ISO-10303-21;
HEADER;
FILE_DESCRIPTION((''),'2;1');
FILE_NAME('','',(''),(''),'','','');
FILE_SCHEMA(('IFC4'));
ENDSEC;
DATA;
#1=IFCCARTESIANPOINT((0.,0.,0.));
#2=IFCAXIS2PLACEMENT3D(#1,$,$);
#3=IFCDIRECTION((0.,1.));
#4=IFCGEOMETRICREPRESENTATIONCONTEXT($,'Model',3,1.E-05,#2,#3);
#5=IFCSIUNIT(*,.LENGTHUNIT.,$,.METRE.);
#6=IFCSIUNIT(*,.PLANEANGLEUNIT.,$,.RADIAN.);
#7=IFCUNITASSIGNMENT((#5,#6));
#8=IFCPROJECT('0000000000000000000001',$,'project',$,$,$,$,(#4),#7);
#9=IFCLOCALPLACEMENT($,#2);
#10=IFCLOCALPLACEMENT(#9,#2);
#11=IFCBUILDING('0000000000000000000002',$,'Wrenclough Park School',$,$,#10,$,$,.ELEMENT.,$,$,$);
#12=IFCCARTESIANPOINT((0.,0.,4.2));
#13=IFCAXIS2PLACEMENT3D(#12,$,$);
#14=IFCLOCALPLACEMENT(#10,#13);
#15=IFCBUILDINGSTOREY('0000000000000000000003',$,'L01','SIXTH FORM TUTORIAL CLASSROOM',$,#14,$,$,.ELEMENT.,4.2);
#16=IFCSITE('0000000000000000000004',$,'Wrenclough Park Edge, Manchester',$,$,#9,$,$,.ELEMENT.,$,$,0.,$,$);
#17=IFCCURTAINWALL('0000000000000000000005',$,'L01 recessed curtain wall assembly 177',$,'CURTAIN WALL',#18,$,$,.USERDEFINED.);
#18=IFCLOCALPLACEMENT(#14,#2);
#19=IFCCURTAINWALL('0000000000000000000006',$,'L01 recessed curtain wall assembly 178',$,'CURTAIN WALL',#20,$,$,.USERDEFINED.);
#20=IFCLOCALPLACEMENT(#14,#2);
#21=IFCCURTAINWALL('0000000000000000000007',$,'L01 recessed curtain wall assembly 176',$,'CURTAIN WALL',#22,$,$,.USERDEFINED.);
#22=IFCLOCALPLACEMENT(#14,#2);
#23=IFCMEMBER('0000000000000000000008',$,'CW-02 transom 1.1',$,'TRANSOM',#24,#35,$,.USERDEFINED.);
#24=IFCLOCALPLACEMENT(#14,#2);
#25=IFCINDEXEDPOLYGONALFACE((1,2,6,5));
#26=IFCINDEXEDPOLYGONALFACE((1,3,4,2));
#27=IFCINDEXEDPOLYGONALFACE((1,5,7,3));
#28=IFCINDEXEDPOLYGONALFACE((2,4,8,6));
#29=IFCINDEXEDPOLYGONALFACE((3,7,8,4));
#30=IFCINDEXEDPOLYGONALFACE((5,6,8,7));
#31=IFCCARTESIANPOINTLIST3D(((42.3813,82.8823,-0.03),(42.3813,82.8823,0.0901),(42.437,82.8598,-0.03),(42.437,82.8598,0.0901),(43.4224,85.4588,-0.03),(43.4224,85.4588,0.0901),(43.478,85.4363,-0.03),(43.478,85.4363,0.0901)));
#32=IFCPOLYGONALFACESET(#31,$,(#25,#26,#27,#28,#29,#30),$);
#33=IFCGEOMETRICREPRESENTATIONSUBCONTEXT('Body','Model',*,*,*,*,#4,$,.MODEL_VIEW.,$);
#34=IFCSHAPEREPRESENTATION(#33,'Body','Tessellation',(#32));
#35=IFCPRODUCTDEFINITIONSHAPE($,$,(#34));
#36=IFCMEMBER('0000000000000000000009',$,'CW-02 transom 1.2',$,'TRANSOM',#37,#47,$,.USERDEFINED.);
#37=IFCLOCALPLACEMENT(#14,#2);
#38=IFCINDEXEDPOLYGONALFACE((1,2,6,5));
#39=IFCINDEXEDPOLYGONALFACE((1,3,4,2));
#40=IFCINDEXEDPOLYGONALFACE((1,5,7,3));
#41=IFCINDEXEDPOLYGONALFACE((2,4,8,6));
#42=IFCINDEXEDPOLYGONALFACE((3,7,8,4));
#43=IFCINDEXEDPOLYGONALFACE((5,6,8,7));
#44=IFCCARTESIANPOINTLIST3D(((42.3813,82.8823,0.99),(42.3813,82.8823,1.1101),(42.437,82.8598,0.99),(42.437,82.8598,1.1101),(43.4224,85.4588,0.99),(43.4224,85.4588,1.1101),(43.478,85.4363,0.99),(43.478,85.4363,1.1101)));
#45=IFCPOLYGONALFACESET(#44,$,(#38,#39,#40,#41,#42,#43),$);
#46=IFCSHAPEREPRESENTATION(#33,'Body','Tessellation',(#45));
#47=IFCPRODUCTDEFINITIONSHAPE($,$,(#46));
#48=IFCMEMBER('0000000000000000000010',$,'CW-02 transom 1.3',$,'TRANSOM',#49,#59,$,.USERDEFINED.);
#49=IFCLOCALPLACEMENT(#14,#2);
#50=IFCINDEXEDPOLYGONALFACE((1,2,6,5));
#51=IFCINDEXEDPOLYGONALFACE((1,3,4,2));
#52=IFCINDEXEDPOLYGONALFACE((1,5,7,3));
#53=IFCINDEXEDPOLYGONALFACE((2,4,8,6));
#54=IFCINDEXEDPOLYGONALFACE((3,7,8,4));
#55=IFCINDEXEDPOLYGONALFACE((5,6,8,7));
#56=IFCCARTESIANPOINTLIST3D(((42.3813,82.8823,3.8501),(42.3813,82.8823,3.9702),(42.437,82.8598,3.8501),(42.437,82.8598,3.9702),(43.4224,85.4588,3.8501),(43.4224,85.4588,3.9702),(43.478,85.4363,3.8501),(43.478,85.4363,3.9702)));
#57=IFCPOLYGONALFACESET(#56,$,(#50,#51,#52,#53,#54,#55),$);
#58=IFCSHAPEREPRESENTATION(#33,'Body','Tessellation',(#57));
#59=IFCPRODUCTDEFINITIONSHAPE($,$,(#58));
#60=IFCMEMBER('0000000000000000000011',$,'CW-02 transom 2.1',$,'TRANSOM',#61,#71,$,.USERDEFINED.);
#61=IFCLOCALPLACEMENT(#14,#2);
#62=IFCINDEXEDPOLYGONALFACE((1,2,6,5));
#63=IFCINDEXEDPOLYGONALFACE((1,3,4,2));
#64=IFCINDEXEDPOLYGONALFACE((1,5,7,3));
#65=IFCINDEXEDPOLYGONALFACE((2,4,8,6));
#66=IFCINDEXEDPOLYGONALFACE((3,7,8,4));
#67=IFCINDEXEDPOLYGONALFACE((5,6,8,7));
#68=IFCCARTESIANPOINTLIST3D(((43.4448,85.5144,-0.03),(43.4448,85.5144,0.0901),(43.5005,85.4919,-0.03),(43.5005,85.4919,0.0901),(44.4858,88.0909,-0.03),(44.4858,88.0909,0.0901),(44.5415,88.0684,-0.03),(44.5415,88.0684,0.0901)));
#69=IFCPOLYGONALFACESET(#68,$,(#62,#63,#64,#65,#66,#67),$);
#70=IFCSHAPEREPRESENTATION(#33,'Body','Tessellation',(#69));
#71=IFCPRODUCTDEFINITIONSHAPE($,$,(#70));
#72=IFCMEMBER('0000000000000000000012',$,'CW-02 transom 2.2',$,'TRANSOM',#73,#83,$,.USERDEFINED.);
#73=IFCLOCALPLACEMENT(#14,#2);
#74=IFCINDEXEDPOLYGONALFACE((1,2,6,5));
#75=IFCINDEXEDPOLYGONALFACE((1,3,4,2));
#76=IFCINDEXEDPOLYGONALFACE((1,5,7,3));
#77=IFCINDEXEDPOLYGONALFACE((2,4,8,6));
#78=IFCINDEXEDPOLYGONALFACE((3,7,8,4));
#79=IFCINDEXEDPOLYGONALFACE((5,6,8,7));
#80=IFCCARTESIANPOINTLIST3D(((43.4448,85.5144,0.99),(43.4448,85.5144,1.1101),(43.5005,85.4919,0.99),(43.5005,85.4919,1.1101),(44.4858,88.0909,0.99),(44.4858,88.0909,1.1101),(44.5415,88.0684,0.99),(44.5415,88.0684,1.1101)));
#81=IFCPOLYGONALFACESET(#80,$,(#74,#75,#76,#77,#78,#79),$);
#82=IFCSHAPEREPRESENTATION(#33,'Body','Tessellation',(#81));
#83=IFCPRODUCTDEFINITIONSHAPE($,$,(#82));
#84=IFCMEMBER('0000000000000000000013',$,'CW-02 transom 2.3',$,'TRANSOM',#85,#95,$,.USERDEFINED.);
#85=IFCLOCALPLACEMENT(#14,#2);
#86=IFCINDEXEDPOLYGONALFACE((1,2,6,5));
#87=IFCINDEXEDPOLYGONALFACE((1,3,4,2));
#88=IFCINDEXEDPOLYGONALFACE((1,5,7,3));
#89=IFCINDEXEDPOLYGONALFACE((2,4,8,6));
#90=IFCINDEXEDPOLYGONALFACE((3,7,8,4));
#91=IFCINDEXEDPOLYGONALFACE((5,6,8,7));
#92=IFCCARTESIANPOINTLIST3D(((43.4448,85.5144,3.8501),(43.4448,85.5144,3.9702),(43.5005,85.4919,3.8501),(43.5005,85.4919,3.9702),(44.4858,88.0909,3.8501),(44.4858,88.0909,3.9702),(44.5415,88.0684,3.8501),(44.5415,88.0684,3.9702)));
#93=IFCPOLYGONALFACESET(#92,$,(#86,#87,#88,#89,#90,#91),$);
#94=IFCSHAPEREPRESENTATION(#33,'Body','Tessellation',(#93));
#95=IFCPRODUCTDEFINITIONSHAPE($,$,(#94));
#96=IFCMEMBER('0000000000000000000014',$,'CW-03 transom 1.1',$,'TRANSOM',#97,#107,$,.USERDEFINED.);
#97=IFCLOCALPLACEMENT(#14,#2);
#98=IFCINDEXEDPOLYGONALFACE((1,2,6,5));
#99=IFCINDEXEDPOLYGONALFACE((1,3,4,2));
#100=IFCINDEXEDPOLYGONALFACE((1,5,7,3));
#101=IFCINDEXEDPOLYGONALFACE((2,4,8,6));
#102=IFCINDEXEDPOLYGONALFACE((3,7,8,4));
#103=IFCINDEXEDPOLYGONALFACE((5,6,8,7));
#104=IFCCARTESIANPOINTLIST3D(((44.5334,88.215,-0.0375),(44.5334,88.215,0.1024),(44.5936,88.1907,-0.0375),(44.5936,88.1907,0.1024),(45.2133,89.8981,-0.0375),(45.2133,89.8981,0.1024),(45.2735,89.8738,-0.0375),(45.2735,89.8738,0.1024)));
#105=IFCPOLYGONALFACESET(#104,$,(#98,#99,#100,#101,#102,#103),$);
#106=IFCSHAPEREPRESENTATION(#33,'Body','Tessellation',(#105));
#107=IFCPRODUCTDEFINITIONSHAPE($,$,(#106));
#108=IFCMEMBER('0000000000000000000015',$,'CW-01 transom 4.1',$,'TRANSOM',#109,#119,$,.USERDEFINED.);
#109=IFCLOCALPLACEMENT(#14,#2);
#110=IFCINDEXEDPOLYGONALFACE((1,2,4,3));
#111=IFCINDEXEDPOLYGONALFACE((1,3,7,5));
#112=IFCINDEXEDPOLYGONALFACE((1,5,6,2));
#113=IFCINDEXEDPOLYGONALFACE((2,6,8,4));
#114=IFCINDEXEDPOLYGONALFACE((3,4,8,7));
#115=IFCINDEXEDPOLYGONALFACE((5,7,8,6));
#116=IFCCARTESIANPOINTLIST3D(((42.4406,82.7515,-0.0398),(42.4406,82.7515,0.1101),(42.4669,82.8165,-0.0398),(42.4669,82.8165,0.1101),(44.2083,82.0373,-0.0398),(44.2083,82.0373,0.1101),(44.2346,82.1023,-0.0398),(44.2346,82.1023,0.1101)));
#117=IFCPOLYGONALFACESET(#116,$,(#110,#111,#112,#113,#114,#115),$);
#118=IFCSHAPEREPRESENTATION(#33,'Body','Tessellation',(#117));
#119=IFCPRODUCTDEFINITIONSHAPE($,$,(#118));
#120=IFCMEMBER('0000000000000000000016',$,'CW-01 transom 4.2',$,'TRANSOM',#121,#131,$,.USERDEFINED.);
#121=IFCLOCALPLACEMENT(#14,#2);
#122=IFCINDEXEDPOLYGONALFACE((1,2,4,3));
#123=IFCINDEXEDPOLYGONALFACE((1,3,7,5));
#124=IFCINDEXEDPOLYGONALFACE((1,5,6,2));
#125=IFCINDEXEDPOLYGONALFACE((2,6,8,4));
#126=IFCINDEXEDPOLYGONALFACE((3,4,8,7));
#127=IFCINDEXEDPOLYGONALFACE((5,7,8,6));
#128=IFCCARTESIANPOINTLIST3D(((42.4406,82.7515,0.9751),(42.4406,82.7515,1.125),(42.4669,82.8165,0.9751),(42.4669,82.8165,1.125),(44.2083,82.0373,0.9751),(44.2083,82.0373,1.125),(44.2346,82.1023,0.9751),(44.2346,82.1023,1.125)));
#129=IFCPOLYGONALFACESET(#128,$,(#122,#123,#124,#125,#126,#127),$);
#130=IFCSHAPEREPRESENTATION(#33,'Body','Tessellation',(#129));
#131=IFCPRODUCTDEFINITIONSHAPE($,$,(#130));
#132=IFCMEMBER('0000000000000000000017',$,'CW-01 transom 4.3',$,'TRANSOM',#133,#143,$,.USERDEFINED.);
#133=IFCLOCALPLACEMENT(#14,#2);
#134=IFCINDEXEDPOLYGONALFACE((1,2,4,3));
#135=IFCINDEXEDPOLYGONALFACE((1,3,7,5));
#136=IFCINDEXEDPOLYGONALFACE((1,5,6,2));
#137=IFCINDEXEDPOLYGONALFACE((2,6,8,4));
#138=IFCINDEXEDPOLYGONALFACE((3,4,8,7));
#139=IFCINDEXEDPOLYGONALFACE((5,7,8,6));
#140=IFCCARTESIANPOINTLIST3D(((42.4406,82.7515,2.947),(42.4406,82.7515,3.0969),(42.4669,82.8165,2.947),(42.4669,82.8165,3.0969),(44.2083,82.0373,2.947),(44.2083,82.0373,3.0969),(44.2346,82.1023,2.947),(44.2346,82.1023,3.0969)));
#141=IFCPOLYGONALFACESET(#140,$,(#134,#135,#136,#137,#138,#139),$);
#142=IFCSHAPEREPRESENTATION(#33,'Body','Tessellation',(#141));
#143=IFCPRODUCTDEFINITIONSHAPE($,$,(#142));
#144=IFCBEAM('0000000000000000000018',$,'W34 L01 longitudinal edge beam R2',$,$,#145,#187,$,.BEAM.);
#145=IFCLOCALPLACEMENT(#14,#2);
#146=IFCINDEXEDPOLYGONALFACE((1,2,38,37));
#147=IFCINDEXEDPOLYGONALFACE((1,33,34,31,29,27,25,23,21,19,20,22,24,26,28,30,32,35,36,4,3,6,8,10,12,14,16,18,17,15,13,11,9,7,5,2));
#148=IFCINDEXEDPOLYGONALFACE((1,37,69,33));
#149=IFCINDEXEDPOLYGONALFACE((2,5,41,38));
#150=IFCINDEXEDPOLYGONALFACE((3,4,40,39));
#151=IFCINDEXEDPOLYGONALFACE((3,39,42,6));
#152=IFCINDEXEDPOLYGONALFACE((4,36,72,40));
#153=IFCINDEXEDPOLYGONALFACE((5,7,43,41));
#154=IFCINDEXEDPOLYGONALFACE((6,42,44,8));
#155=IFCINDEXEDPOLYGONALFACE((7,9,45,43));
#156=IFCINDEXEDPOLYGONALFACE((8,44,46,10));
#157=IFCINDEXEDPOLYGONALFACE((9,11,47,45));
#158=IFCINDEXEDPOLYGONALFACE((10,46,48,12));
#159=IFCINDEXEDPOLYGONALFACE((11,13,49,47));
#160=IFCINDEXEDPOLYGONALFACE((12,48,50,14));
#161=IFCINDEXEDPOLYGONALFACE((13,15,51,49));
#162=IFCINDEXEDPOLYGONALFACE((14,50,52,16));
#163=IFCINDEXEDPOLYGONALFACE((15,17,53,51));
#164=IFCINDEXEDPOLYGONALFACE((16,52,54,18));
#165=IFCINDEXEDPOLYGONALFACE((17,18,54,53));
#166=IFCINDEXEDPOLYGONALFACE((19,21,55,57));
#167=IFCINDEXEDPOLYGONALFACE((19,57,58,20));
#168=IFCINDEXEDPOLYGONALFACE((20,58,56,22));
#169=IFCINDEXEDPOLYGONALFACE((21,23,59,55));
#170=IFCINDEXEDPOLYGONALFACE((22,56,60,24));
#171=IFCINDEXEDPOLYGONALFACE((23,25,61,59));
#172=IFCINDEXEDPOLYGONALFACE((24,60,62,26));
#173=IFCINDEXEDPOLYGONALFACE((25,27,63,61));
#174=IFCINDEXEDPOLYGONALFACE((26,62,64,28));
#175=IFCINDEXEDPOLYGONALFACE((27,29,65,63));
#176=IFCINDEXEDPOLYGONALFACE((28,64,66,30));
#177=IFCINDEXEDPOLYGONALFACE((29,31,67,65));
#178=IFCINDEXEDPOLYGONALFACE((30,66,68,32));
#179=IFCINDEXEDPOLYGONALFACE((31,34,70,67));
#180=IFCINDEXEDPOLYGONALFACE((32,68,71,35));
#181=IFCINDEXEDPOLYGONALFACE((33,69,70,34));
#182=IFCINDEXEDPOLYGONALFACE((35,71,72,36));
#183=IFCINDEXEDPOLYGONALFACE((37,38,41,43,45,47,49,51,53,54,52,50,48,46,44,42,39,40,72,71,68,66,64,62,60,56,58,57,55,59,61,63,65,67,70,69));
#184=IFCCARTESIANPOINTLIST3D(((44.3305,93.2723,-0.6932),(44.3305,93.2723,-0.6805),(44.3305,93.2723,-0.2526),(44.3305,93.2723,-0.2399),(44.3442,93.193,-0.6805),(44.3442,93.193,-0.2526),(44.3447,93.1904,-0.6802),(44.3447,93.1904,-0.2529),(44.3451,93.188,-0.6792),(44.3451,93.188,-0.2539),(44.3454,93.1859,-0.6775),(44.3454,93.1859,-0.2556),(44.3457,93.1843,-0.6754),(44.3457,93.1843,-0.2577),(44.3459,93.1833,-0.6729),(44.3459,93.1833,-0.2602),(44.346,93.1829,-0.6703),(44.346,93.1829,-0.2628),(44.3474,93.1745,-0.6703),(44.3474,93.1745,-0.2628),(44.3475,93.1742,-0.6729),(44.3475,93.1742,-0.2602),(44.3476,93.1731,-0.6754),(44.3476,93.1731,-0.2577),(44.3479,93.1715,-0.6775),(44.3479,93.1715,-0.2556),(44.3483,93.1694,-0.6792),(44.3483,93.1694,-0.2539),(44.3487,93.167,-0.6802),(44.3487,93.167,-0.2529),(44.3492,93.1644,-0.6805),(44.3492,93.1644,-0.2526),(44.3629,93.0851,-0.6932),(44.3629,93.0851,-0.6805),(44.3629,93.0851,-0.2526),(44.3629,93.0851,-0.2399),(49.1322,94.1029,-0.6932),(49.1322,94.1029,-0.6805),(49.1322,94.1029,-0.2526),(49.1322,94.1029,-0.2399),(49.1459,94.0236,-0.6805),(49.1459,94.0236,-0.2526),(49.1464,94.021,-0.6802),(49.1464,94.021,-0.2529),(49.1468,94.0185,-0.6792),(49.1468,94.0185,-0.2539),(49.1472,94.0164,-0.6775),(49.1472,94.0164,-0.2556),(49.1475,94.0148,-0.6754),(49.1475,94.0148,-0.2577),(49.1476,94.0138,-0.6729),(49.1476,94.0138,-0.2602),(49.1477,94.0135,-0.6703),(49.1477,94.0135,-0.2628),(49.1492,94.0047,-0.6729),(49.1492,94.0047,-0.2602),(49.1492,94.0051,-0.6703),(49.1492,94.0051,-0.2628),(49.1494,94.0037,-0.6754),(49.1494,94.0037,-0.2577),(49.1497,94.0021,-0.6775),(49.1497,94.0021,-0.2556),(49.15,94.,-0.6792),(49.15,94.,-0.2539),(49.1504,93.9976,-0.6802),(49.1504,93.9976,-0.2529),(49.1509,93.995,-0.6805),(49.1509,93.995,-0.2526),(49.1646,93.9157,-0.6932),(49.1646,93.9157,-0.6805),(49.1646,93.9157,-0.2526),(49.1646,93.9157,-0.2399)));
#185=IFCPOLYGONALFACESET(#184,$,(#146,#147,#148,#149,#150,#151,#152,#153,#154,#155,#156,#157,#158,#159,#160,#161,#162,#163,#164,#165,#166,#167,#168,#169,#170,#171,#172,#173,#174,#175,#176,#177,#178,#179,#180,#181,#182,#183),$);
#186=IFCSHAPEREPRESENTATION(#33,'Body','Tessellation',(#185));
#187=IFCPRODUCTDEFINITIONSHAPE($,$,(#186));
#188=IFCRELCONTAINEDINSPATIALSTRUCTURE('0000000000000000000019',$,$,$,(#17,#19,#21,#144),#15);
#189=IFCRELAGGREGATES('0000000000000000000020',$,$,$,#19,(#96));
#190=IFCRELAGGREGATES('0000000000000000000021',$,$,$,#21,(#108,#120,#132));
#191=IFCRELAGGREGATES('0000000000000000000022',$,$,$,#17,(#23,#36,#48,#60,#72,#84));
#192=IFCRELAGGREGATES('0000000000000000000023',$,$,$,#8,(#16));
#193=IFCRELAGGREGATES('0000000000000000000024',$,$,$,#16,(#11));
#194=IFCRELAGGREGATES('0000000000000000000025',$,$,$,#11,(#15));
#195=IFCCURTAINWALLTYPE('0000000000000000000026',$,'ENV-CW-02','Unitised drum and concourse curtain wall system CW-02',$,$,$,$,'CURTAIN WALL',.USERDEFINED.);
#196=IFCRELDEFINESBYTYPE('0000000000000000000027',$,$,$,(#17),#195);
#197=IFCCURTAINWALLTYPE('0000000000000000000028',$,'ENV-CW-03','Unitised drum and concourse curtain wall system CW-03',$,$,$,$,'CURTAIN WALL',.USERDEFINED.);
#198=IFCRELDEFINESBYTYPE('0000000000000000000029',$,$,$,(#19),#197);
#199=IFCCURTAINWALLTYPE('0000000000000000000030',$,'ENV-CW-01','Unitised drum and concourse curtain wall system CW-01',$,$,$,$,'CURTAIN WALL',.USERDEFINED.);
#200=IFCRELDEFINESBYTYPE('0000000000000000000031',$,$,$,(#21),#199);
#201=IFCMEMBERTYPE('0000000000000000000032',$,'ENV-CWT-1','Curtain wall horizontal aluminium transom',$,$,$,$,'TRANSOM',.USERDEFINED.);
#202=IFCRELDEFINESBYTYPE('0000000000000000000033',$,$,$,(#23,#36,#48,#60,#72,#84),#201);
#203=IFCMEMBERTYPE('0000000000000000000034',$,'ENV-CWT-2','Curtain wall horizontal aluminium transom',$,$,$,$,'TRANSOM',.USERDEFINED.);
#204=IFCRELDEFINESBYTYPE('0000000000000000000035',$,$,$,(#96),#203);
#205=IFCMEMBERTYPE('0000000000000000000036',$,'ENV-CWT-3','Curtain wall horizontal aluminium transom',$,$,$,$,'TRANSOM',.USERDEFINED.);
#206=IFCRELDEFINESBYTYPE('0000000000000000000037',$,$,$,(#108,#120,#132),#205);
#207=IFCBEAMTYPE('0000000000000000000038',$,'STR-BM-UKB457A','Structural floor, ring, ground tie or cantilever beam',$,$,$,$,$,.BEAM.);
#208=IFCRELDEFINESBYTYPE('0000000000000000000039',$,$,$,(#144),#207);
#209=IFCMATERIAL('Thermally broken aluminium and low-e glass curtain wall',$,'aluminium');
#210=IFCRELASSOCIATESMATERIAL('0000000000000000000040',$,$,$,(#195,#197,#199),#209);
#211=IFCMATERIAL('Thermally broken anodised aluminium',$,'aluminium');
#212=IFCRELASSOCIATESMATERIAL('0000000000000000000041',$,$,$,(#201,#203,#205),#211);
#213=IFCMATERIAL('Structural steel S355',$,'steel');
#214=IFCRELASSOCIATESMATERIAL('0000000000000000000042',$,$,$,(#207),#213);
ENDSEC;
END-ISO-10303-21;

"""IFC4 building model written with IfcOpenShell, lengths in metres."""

from ifc_helpers import new_model, si_unit, direction, frame, origin, origin_2d, place, context, subcontext, project, spatial, rectangle, i_section, extrude, material, material_profile, profile_set, type_object, element, aggregate, save


model = new_model("IFC4")

# Units and contexts
model_context = context("Model", 3, precision=1e-05, world=origin(), true_north=direction((0.0, 1.0)))
body_context = subcontext(model_context, "Body", "Model", "MODEL_VIEW")
ifc_project = project(units=[si_unit("LENGTHUNIT", "METRE"), si_unit("PLANEANGLEUNIT", "RADIAN")], contexts=[model_context])

# Site, building, storey
site_placement = place(None, origin())
site = spatial("IfcSite", under=ifc_project, at=site_placement, Name="Wrenclough Park Edge, Manchester", CompositionType="ELEMENT", RefElevation=0.0)
building_placement = place(site_placement, origin())
building = spatial("IfcBuilding", under=site, at=building_placement, Name="Wrenclough Park School", CompositionType="ELEMENT")
storey_placement = place(building_placement, frame((0.0, 0.0, 4.2)))
storey = spatial("IfcBuildingStorey", under=building, at=storey_placement, Name="L01", Description="SIXTH FORM TUTORIAL CLASSROOM", CompositionType="ELEMENT", Elevation=4.2)

# Shared definitions
ifc_material_1 = material(Name="Structural steel S355", Category="steel")

# Curtain wall
ifc_material_2 = material(Name="Thermally broken aluminium and low-e glass curtain wall", Category="aluminium")
curtain_wall_type_1 = type_object("IfcCurtainWallType", Name="ENV-CW-02", Description="Unitised drum and concourse curtain wall system CW-02", ElementType="CURTAIN WALL", PredefinedType="USERDEFINED", material=ifc_material_2)
curtain_wall_1_placement = place(storey_placement, origin())
curtain_wall_1 = element("IfcCurtainWall", 1, at=curtain_wall_1_placement, inside=storey, type_object=curtain_wall_type_1, Name="L01 recessed curtain wall assembly 177", ObjectType="CURTAIN WALL", PredefinedType="USERDEFINED")
ifc_material_3 = material(Name="Thermally broken anodised aluminium", Category="aluminium")

# Curtain wall
curtain_wall_type_2 = type_object("IfcCurtainWallType", Name="ENV-CW-03", Description="Unitised drum and concourse curtain wall system CW-03", ElementType="CURTAIN WALL", PredefinedType="USERDEFINED", material=ifc_material_2)
curtain_wall_2_placement = place(storey_placement, origin())
curtain_wall_2 = element("IfcCurtainWall", 2, at=curtain_wall_2_placement, inside=storey, type_object=curtain_wall_type_2, Name="L01 recessed curtain wall assembly 178", ObjectType="CURTAIN WALL", PredefinedType="USERDEFINED")

# Curtain wall
curtain_wall_type_3 = type_object("IfcCurtainWallType", Name="ENV-CW-01", Description="Unitised drum and concourse curtain wall system CW-01", ElementType="CURTAIN WALL", PredefinedType="USERDEFINED", material=ifc_material_2)
curtain_wall_3_placement = place(storey_placement, origin())
curtain_wall_3 = element("IfcCurtainWall", 3, at=curtain_wall_3_placement, inside=storey, type_object=curtain_wall_type_3, Name="L01 recessed curtain wall assembly 176", ObjectType="CURTAIN WALL", PredefinedType="USERDEFINED")

# Members
ifc_material_profile_1 = material_profile(ifc_material_3, rectangle(XDim=0.0601, YDim=0.1201, at=origin_2d()), Name="AL TRANSOM 60x120")
ifc_profile_set_1 = profile_set([ifc_material_profile_1], Name="Thermally broken anodised aluminium")
member_type_1 = type_object("IfcMemberType", Name="ENV-CWT-1", Description="Curtain wall horizontal aluminium transom", ElementType="TRANSOM", PredefinedType="USERDEFINED", material=ifc_profile_set_1)
member_1_placement = place(storey_placement, frame((42.4092, 82.8711, 0.03), z_axis=(0.37463, 0.927174, 0.0), x_axis=(-0.927174, 0.37463, 0.0)))
member_1 = element("IfcMember", 4, at=member_1_placement, type_object=member_type_1, Name="CW-02 transom 1.1", ObjectType="TRANSOM", PredefinedType="USERDEFINED", context=body_context, shape_type="SweptSolid", body=[
    extrude(rectangle(XDim=0.0601, YDim=0.1201, at=origin_2d()), origin(), (0.0, 0.0, 1.0), 2.7788),
])
member_2_placement = place(storey_placement, frame((42.4092, 82.8711, 1.05), z_axis=(0.37463, 0.927174, 0.0), x_axis=(-0.927174, 0.37463, 0.0)))
member_2 = element("IfcMember", 5, at=member_2_placement, type_object=member_type_1, Name="CW-02 transom 1.2", ObjectType="TRANSOM", PredefinedType="USERDEFINED", context=body_context, shape_type="SweptSolid", body=[
    extrude(rectangle(XDim=0.0601, YDim=0.1201, at=origin_2d()), origin(), (0.0, 0.0, 1.0), 2.7788),
])
member_3_placement = place(storey_placement, frame((42.4092, 82.8711, 3.9102), z_axis=(0.37463, 0.927174, 0.0), x_axis=(-0.927174, 0.37463, 0.0)))
member_3 = element("IfcMember", 6, at=member_3_placement, type_object=member_type_1, Name="CW-02 transom 1.3", ObjectType="TRANSOM", PredefinedType="USERDEFINED", context=body_context, shape_type="SweptSolid", body=[
    extrude(rectangle(XDim=0.0601, YDim=0.1201, at=origin_2d()), origin(), (0.0, 0.0, 1.0), 2.7788),
])
member_4_placement = place(storey_placement, frame((43.4727, 85.5032, 0.03), z_axis=(0.37463, 0.927174, 0.0), x_axis=(-0.927174, 0.37463, 0.0)))
member_4 = element("IfcMember", 7, at=member_4_placement, type_object=member_type_1, Name="CW-02 transom 2.1", ObjectType="TRANSOM", PredefinedType="USERDEFINED", context=body_context, shape_type="SweptSolid", body=[
    extrude(rectangle(XDim=0.0601, YDim=0.1201, at=origin_2d()), origin(), (0.0, 0.0, 1.0), 2.7788),
])
member_5_placement = place(storey_placement, frame((43.4727, 85.5032, 1.05), z_axis=(0.37463, 0.927174, 0.0), x_axis=(-0.927174, 0.37463, 0.0)))
member_5 = element("IfcMember", 8, at=member_5_placement, type_object=member_type_1, Name="CW-02 transom 2.2", ObjectType="TRANSOM", PredefinedType="USERDEFINED", context=body_context, shape_type="SweptSolid", body=[
    extrude(rectangle(XDim=0.0601, YDim=0.1201, at=origin_2d()), origin(), (0.0, 0.0, 1.0), 2.7788),
])
member_6_placement = place(storey_placement, frame((43.4727, 85.5032, 3.9102), z_axis=(0.37463, 0.927174, 0.0), x_axis=(-0.927174, 0.37463, 0.0)))
member_6 = element("IfcMember", 9, at=member_6_placement, type_object=member_type_1, Name="CW-02 transom 2.3", ObjectType="TRANSOM", PredefinedType="USERDEFINED", context=body_context, shape_type="SweptSolid", body=[
    extrude(rectangle(XDim=0.0601, YDim=0.1201, at=origin_2d()), origin(), (0.0, 0.0, 1.0), 2.7788),
])
ifc_material_profile_2 = material_profile(ifc_material_3, rectangle(XDim=0.0649, YDim=0.1399, at=origin_2d()), Name="AL TRANSOM 65x140")
ifc_profile_set_2 = profile_set([ifc_material_profile_2], Name="Thermally broken anodised aluminium")
member_type_2 = type_object("IfcMemberType", Name="ENV-CWT-2", Description="Curtain wall horizontal aluminium transom", ElementType="TRANSOM", PredefinedType="USERDEFINED", material=ifc_profile_set_2)
member_7_placement = place(storey_placement, frame((44.5635, 88.2029, 0.0325), z_axis=(0.374565, 0.927201, 0.0), x_axis=(-0.927201, 0.374565, 0.0)))
member_7 = element("IfcMember", 10, at=member_7_placement, type_object=member_type_2, Name="CW-03 transom 1.1", ObjectType="TRANSOM", PredefinedType="USERDEFINED", context=body_context, shape_type="SweptSolid", body=[
    extrude(rectangle(XDim=0.0649, YDim=0.1399, at=origin_2d()), origin(), (0.0, 0.0, 1.0), 1.8152),
])
aggregate(curtain_wall_2, [member_7])
ifc_material_profile_3 = material_profile(ifc_material_3, rectangle(XDim=0.0701, YDim=0.1499, at=origin_2d()), Name="AL TRANSOM 70x150")
ifc_profile_set_3 = profile_set([ifc_material_profile_3], Name="Thermally broken anodised aluminium")
member_type_3 = type_object("IfcMemberType", Name="ENV-CWT-3", Description="Curtain wall horizontal aluminium transom", ElementType="TRANSOM", PredefinedType="USERDEFINED", material=ifc_profile_set_3)
member_8_placement = place(storey_placement, frame((44.2214, 82.0698, 0.0352), z_axis=(-0.927191, 0.37459, 0.0), x_axis=(-0.37459, -0.927191, 0.0)))
member_8 = element("IfcMember", 11, at=member_8_placement, type_object=member_type_3, Name="CW-01 transom 4.1", ObjectType="TRANSOM", PredefinedType="USERDEFINED", context=body_context, shape_type="SweptSolid", body=[
    extrude(rectangle(XDim=0.0701, YDim=0.1499, at=origin_2d()), origin(), (0.0, 0.0, 1.0), 1.9065),
])
member_9_placement = place(storey_placement, frame((44.2214, 82.0698, 1.05), z_axis=(-0.927191, 0.37459, 0.0), x_axis=(-0.37459, -0.927191, 0.0)))
member_9 = element("IfcMember", 12, at=member_9_placement, type_object=member_type_3, Name="CW-01 transom 4.2", ObjectType="TRANSOM", PredefinedType="USERDEFINED", context=body_context, shape_type="SweptSolid", body=[
    extrude(rectangle(XDim=0.0701, YDim=0.1499, at=origin_2d()), origin(), (0.0, 0.0, 1.0), 1.9065),
])
member_10_placement = place(storey_placement, frame((44.2214, 82.0698, 3.022), z_axis=(-0.927191, 0.37459, 0.0), x_axis=(-0.37459, -0.927191, 0.0)))
member_10 = element("IfcMember", 13, at=member_10_placement, type_object=member_type_3, Name="CW-01 transom 4.3", ObjectType="TRANSOM", PredefinedType="USERDEFINED", context=body_context, shape_type="SweptSolid", body=[
    extrude(rectangle(XDim=0.0701, YDim=0.1499, at=origin_2d()), origin(), (0.0, 0.0, 1.0), 1.9065),
])

# Beam
ifc_material_profile_4 = material_profile(ifc_material_1, i_section(OverallWidth=0.1899, OverallDepth=0.4534, WebThickness=0.0085, FlangeThickness=0.0127, FilletRadius=0.0103, at=origin_2d()), Name="UKB 457x191x67")
ifc_profile_set_4 = profile_set([ifc_material_profile_4], Name="Structural steel S355")
beam_type = type_object("IfcBeamType", Name="STR-BM-UKB457A", Description="Structural floor, ring, ground tie or cantilever beam", PredefinedType="BEAM", material=ifc_profile_set_4)
beam_1_placement = place(storey_placement, frame((44.3467, 93.1787, -0.4666), z_axis=(0.985368, 0.17044, 0.0), x_axis=(-0.17044, 0.985368, 0.0)))
element("IfcBeam", 14, at=beam_1_placement, inside=storey, type_object=beam_type, Name="W34 L01 longitudinal edge beam R2", PredefinedType="BEAM", context=body_context, shape_type="SweptSolid", body=[
    extrude(i_section(OverallWidth=0.1899, OverallDepth=0.4534, WebThickness=0.0085, FlangeThickness=0.0127, FilletRadius=0.0103, at=origin_2d()), origin(), (0.0, 0.0, 1.0), 4.873),
])

aggregate(curtain_wall_3, [member_8, member_9, member_10])
aggregate(curtain_wall_1, [member_1, member_2, member_3, member_4, member_5, member_6])

save(model, "model.ifc")
